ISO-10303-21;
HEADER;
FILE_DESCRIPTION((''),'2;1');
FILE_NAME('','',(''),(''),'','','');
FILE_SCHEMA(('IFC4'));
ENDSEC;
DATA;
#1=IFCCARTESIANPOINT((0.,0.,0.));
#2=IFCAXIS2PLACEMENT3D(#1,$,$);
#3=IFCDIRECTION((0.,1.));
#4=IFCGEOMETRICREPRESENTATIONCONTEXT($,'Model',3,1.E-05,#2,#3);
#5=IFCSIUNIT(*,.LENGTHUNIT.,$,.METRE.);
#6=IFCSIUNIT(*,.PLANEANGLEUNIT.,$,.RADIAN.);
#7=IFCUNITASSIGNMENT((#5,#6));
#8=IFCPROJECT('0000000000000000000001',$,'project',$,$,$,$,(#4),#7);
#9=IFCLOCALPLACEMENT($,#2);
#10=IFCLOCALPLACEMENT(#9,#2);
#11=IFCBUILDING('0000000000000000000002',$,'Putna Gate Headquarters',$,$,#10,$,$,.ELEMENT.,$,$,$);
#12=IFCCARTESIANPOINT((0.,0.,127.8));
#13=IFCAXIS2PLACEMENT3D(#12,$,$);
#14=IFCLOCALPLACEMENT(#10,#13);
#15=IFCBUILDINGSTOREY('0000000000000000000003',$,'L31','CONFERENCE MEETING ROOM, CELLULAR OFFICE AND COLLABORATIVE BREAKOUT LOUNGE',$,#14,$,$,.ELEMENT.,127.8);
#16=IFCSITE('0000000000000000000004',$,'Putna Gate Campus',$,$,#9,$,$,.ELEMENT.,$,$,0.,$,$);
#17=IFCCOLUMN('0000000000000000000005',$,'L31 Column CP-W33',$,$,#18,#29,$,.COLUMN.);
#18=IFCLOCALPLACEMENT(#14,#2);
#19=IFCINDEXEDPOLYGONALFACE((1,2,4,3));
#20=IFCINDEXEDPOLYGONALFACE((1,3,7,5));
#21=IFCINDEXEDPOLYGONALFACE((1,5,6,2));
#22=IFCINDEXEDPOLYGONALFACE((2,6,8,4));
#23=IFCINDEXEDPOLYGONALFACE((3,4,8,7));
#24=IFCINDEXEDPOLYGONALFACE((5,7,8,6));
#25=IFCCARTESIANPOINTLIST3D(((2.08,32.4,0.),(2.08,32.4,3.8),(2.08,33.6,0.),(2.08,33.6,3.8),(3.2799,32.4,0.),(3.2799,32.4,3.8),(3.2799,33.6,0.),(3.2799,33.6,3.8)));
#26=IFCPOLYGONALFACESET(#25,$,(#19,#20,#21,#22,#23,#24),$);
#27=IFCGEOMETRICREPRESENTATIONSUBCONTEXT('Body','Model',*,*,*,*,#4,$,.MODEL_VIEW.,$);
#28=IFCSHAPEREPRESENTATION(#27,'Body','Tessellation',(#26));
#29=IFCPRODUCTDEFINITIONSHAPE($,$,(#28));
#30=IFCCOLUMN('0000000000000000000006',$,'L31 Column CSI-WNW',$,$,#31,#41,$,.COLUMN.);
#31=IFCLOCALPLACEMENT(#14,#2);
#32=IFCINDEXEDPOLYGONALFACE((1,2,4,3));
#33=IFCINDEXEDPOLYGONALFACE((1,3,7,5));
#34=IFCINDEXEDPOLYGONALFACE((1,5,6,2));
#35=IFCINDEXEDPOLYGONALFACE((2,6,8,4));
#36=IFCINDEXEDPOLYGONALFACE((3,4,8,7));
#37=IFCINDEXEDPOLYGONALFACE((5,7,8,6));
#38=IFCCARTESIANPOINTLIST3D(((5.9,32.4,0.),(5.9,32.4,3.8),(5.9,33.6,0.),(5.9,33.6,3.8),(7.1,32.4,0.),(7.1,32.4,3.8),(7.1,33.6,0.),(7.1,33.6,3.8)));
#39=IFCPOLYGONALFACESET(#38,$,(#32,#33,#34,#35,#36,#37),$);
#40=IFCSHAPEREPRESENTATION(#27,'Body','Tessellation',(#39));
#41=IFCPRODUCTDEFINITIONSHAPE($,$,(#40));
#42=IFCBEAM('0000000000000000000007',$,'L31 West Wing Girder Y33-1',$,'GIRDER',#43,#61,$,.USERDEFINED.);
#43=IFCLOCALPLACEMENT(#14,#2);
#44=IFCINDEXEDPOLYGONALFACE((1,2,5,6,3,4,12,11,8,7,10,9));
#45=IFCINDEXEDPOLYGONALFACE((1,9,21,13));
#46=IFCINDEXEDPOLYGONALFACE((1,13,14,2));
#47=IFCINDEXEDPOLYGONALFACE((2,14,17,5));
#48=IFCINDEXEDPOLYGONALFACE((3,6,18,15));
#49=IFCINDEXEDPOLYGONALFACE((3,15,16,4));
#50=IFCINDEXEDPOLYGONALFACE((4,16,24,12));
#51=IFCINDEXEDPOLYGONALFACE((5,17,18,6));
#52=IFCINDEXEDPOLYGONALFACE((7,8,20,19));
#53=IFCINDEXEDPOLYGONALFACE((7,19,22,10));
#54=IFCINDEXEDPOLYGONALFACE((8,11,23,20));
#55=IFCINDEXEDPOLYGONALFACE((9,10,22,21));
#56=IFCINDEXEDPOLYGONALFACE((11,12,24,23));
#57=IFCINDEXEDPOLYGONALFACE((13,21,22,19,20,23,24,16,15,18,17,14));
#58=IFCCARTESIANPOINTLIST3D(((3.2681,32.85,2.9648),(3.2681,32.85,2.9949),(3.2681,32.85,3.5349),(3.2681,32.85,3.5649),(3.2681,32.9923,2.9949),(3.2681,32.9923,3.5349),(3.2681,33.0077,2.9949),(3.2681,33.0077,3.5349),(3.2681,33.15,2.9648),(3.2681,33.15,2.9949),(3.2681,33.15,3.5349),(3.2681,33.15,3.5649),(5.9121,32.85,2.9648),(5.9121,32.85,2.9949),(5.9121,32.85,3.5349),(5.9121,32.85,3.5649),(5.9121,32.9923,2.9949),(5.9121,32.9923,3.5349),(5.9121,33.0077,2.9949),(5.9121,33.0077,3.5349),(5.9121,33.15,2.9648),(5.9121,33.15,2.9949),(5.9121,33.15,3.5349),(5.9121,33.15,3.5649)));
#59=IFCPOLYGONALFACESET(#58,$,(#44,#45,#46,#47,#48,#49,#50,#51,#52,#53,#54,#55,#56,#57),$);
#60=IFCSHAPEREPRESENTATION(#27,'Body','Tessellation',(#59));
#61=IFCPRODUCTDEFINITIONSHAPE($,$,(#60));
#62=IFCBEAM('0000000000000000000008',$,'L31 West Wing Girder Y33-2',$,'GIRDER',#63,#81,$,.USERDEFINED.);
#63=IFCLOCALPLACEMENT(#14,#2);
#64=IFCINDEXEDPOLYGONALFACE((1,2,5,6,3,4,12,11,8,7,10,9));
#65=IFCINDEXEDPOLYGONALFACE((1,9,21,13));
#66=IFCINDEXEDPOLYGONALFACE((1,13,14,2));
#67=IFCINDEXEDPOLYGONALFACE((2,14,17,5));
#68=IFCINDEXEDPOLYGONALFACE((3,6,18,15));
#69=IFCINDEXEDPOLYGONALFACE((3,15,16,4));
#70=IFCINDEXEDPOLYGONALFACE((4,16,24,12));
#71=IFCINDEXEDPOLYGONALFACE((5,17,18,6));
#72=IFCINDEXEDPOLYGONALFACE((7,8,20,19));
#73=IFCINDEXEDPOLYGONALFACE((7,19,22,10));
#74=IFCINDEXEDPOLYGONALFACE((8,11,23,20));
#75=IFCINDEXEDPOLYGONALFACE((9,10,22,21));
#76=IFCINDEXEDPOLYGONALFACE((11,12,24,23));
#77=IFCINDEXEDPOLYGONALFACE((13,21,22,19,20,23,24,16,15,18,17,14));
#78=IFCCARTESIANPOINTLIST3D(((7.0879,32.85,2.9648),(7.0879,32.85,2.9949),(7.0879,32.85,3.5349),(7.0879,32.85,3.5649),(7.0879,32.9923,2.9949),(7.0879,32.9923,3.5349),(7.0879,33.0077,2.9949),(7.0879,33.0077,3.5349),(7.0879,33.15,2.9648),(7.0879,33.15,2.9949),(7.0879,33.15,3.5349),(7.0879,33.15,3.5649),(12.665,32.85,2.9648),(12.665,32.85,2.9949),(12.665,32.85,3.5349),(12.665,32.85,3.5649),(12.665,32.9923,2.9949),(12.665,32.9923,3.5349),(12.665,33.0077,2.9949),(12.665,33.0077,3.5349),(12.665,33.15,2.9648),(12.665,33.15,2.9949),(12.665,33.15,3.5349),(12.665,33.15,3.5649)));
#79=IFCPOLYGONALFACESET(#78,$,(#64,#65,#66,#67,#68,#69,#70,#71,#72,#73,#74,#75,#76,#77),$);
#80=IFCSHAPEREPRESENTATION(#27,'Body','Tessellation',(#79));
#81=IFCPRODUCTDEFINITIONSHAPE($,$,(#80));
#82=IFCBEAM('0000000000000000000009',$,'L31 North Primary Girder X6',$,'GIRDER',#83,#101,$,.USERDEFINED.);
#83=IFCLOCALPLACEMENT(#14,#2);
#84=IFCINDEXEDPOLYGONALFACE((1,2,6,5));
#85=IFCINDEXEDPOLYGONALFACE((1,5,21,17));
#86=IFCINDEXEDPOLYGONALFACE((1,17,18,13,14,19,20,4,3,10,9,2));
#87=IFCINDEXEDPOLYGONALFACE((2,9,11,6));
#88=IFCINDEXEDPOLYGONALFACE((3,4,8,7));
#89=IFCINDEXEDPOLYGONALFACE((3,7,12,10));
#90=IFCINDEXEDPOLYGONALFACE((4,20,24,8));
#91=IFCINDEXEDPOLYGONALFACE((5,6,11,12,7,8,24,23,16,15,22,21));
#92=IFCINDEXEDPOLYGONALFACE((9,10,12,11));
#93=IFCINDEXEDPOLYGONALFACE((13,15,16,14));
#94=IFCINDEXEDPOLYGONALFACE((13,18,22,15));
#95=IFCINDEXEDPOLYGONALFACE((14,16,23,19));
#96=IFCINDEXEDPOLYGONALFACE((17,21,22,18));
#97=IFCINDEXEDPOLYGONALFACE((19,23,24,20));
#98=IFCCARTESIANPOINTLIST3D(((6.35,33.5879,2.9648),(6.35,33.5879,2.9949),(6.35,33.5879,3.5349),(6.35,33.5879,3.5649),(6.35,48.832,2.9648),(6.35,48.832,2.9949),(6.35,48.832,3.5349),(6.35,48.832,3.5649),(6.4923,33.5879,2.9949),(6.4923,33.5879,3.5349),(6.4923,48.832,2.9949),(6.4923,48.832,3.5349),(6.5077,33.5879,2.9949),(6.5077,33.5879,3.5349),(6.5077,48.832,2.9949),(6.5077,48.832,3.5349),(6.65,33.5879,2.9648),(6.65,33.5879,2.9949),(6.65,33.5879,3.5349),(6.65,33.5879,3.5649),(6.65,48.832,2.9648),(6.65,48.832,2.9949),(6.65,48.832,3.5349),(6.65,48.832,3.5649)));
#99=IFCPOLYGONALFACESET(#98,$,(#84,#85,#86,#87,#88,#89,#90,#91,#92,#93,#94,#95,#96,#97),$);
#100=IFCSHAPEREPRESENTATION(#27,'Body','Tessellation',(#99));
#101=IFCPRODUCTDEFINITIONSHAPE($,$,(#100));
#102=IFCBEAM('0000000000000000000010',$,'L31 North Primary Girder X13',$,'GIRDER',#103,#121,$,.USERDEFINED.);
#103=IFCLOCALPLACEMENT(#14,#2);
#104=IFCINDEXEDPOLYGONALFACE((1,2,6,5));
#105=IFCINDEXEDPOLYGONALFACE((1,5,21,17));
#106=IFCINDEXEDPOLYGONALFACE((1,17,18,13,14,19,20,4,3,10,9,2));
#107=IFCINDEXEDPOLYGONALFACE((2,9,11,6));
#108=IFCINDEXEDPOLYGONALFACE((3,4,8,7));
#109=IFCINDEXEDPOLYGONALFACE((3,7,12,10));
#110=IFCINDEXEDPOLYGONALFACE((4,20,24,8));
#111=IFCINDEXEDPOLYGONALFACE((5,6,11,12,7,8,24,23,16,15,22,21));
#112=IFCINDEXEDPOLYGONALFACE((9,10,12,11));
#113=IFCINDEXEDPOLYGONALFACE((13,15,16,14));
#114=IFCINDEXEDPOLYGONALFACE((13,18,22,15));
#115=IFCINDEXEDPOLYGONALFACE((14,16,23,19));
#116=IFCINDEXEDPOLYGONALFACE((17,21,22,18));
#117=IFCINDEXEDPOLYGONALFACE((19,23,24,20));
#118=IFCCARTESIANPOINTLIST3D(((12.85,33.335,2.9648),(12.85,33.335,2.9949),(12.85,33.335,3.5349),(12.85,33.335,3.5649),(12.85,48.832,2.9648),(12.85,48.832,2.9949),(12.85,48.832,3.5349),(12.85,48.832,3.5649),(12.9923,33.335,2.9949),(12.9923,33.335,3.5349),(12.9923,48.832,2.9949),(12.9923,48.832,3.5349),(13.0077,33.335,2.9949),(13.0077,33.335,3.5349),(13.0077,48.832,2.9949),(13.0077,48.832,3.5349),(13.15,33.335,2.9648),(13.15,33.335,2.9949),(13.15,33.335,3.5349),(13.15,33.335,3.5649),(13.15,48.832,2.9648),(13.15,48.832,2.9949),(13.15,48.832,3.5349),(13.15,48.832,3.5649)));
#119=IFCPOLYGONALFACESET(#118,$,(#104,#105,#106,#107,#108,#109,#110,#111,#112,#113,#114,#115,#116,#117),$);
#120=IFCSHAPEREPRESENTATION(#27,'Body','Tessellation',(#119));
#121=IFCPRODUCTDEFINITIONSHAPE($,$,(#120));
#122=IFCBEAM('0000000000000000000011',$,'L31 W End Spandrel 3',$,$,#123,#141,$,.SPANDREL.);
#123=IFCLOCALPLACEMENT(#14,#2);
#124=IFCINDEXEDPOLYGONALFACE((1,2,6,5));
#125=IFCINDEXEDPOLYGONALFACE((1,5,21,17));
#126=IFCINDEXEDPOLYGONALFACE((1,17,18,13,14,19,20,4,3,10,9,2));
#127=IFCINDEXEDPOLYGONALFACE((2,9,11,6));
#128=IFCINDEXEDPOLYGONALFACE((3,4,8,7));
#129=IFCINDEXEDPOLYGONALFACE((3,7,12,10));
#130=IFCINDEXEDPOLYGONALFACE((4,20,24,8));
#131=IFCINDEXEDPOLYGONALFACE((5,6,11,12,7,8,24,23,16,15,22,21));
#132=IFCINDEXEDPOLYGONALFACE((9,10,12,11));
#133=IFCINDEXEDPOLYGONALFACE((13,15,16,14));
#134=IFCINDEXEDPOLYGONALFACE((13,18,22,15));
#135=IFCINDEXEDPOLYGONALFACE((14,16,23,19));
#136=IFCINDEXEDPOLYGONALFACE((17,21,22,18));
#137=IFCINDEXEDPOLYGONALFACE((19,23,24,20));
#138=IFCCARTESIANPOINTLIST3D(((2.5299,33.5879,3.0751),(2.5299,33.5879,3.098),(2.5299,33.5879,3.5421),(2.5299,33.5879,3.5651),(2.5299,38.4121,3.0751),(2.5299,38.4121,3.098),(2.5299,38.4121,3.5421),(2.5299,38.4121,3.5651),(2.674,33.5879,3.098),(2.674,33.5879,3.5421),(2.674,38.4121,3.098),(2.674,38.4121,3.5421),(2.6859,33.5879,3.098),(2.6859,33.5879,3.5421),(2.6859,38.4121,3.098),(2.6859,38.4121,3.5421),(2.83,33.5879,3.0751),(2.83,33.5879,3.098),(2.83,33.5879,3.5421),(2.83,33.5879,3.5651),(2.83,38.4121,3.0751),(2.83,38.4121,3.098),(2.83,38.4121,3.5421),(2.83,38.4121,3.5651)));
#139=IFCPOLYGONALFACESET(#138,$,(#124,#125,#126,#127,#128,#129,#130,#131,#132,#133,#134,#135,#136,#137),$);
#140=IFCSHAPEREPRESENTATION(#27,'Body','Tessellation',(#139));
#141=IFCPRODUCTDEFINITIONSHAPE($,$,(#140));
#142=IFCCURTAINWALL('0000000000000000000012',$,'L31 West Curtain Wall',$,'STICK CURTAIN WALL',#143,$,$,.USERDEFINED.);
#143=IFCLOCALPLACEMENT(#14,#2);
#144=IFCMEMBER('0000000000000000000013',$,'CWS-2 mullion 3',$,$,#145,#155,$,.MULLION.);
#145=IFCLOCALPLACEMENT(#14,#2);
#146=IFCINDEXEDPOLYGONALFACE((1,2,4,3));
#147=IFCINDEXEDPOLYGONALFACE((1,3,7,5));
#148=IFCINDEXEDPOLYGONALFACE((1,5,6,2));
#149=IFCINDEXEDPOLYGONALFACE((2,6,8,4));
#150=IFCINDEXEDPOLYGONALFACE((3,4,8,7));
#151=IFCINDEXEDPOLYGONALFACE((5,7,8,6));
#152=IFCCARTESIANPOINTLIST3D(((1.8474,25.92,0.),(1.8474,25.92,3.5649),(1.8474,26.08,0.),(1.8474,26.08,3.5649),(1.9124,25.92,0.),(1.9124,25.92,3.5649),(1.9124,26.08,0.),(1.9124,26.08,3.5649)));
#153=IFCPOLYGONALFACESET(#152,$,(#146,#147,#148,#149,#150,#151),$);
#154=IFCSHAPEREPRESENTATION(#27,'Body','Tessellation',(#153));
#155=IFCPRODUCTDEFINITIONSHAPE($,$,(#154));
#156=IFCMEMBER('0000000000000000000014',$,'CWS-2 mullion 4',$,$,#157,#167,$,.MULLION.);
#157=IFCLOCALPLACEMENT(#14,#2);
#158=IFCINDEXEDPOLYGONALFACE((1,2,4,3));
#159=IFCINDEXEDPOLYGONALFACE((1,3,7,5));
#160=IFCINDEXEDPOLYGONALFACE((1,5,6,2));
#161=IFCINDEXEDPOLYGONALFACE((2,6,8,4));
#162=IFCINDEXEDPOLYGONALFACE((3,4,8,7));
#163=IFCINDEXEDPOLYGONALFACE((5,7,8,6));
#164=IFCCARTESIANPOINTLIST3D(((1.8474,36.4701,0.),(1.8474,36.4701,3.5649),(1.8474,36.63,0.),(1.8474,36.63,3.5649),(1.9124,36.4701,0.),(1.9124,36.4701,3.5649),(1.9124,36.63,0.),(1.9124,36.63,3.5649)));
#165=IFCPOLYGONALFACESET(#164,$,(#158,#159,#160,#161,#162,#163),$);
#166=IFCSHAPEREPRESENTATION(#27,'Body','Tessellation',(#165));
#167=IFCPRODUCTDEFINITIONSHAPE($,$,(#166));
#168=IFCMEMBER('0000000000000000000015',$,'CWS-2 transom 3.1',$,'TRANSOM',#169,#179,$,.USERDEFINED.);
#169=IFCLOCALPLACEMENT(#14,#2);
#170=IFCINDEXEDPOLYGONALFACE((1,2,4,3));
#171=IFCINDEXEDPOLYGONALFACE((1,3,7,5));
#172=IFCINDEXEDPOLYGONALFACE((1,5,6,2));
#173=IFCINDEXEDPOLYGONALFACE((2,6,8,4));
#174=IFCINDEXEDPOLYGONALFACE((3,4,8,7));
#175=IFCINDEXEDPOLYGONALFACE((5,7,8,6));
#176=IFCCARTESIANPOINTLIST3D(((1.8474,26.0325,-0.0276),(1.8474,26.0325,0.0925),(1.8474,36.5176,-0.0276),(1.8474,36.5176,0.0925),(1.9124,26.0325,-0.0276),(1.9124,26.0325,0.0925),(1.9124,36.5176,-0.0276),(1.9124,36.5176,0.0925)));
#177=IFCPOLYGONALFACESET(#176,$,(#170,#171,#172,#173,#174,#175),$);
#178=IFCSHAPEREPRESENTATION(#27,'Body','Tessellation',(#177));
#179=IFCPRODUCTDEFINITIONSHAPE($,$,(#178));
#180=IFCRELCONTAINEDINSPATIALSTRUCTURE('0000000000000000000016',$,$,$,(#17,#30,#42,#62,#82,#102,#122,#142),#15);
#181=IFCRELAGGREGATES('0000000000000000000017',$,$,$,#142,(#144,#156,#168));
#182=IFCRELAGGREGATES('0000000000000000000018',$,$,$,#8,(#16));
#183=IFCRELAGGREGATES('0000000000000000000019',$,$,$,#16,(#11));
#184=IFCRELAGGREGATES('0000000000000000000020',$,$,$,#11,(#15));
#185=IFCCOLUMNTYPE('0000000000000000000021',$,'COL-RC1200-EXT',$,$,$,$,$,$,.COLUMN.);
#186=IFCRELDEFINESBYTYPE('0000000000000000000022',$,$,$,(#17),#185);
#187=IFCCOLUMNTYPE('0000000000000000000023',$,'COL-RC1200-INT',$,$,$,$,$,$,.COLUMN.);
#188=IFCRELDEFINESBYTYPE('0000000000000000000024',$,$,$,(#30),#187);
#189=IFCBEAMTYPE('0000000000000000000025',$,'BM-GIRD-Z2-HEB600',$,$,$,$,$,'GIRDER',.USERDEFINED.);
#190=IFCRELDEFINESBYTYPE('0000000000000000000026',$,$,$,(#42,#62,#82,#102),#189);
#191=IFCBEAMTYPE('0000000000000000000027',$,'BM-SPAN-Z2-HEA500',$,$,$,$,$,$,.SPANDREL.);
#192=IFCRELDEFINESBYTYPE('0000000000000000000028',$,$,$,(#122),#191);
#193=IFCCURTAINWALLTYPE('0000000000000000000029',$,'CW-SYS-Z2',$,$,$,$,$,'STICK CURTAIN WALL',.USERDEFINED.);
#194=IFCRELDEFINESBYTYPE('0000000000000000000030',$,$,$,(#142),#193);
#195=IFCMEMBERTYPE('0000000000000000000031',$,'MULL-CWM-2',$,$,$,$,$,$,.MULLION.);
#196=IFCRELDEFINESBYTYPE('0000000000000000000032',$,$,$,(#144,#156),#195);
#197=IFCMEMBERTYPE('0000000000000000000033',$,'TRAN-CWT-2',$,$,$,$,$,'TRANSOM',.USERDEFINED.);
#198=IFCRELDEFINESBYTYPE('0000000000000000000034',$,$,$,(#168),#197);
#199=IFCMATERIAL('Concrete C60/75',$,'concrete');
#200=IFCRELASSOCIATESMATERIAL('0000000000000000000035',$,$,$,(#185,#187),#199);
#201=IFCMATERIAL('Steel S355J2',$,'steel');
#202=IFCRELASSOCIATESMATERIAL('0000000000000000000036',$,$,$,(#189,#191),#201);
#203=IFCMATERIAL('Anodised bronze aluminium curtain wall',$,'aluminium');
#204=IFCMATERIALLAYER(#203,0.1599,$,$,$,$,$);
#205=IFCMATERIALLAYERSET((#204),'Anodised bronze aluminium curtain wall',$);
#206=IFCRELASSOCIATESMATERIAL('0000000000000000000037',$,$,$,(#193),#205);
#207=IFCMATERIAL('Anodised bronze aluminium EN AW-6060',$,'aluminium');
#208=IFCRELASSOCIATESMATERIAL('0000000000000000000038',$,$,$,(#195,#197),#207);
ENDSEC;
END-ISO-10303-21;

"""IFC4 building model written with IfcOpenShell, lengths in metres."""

from ifc_helpers import new_model, si_unit, direction, frame, origin, origin_2d, place, context, subcontext, project, spatial, rectangle, i_section, extrude, material, layer, layer_set, material_profile, profile_set, type_object, element, aggregate, save


model = new_model("IFC4")

# Units and contexts
model_context = context("Model", 3, precision=1e-05, world=origin(), true_north=direction((0.0, 1.0)))
body_context = subcontext(model_context, "Body", "Model", "MODEL_VIEW")
ifc_project = project(units=[si_unit("LENGTHUNIT", "METRE"), si_unit("PLANEANGLEUNIT", "RADIAN")], contexts=[model_context])

# Site, building, storey
site_placement = place(None, origin())
site = spatial("IfcSite", under=ifc_project, at=site_placement, Name="Putna Gate Campus", CompositionType="ELEMENT", RefElevation=0.0)
building_placement = place(site_placement, origin())
building = spatial("IfcBuilding", under=site, at=building_placement, Name="Putna Gate Headquarters", CompositionType="ELEMENT")
storey_placement = place(building_placement, frame((0.0, 0.0, 127.8)))
storey = spatial("IfcBuildingStorey", under=building, at=storey_placement, Name="L31", Description="CONFERENCE MEETING ROOM, CELLULAR OFFICE AND COLLABORATIVE BREAKOUT LOUNGE", CompositionType="ELEMENT", Elevation=127.8)

# Columns
ifc_material_1 = material(Name="Concrete C60/75", Category="concrete")
ifc_material_profile_1 = material_profile(ifc_material_1, rectangle(XDim=1.2, YDim=1.2, at=origin_2d()), Name="Concrete C60/75")
ifc_profile_set_1 = profile_set([ifc_material_profile_1], Name="Concrete C60/75")
column_type_1 = type_object("IfcColumnType", Name="COL-RC1200-EXT", PredefinedType="COLUMN", material=ifc_profile_set_1)
column_1_placement = place(storey_placement, frame((2.6799, 33.0, 0.0), z_axis=(0.0, 0.0, 1.0), x_axis=(1.0, 0.0, 0.0)))
element("IfcColumn", 1, at=column_1_placement, inside=storey, type_object=column_type_1, Name="L31 Column CP-W33", PredefinedType="COLUMN", context=body_context, shape_type="SweptSolid", body=[
    extrude(rectangle(XDim=1.2, YDim=1.2, at=origin_2d()), origin(), (0.0, 0.0, 1.0), 3.8),
])
ifc_material_profile_2 = material_profile(ifc_material_1, rectangle(XDim=1.2, YDim=1.2, at=origin_2d()), Name="Concrete C60/75")
ifc_profile_set_2 = profile_set([ifc_material_profile_2], Name="Concrete C60/75")
column_type_2 = type_object("IfcColumnType", Name="COL-RC1200-INT", PredefinedType="COLUMN", material=ifc_profile_set_2)
column_2_placement = place(storey_placement, frame((6.5, 33.0, 0.0), z_axis=(0.0, 0.0, 1.0), x_axis=(1.0, 0.0, 0.0)))
element("IfcColumn", 2, at=column_2_placement, inside=storey, type_object=column_type_2, Name="L31 Column CSI-WNW", PredefinedType="COLUMN", context=body_context, shape_type="SweptSolid", body=[
    extrude(rectangle(XDim=1.2, YDim=1.2, at=origin_2d()), origin(), (0.0, 0.0, 1.0), 3.8),
])

# Beams
ifc_material_2 = material(Name="Steel S355J2", Category="steel")
ifc_material_profile_3 = material_profile(ifc_material_2, i_section(OverallWidth=0.3, OverallDepth=0.6001, WebThickness=0.0154, FlangeThickness=0.03, at=origin_2d()), Name="Steel S355J2")
ifc_profile_set_3 = profile_set([ifc_material_profile_3], Name="Steel S355J2")
beam_type_1 = type_object("IfcBeamType", Name="BM-GIRD-Z2-HEB600", ElementType="GIRDER", PredefinedType="USERDEFINED", material=ifc_profile_set_3)
beam_1_placement = place(storey_placement, frame((3.2681, 33.0, 3.2649), z_axis=(1.0, 0.0, 0.0), x_axis=(0.0, 1.0, 0.0)))
element("IfcBeam", 3, at=beam_1_placement, inside=storey, type_object=beam_type_1, Name="L31 West Wing Girder Y33-1", ObjectType="GIRDER", PredefinedType="USERDEFINED", context=body_context, shape_type="SweptSolid", body=[
    extrude(i_section(OverallWidth=0.3, OverallDepth=0.6001, WebThickness=0.0154, FlangeThickness=0.03, at=origin_2d()), origin(), (0.0, 0.0, 1.0), 2.644),
])
beam_2_placement = place(storey_placement, frame((7.0879, 33.0, 3.2649), z_axis=(1.0, 0.0, 0.0), x_axis=(0.0, 1.0, 0.0)))
element("IfcBeam", 4, at=beam_2_placement, inside=storey, type_object=beam_type_1, Name="L31 West Wing Girder Y33-2", ObjectType="GIRDER", PredefinedType="USERDEFINED", context=body_context, shape_type="SweptSolid", body=[
    extrude(i_section(OverallWidth=0.3, OverallDepth=0.6001, WebThickness=0.0154, FlangeThickness=0.03, at=origin_2d()), origin(), (0.0, 0.0, 1.0), 5.5771),
])
beam_3_placement = place(storey_placement, frame((6.5, 33.5879, 3.2649), z_axis=(0.0, 1.0, 0.0), x_axis=(-1.0, 0.0, 0.0)))
element("IfcBeam", 5, at=beam_3_placement, inside=storey, type_object=beam_type_1, Name="L31 North Primary Girder X6", ObjectType="GIRDER", PredefinedType="USERDEFINED", context=body_context, shape_type="SweptSolid", body=[
    extrude(i_section(OverallWidth=0.3, OverallDepth=0.6001, WebThickness=0.0154, FlangeThickness=0.03, at=origin_2d()), origin(), (0.0, 0.0, 1.0), 15.2441),
])
beam_4_placement = place(storey_placement, frame((13.0, 33.335, 3.2649), z_axis=(0.0, 1.0, 0.0), x_axis=(-1.0, 0.0, 0.0)))
element("IfcBeam", 6, at=beam_4_placement, inside=storey, type_object=beam_type_1, Name="L31 North Primary Girder X13", ObjectType="GIRDER", PredefinedType="USERDEFINED", context=body_context, shape_type="SweptSolid", body=[
    extrude(i_section(OverallWidth=0.3, OverallDepth=0.6001, WebThickness=0.0154, FlangeThickness=0.03, at=origin_2d()), origin(), (0.0, 0.0, 1.0), 15.4971),
])
ifc_material_profile_4 = material_profile(ifc_material_2, i_section(OverallWidth=0.3, OverallDepth=0.49, WebThickness=0.012, FlangeThickness=0.0229, at=origin_2d()), Name="Steel S355J2")
ifc_profile_set_4 = profile_set([ifc_material_profile_4], Name="Steel S355J2")
beam_type_2 = type_object("IfcBeamType", Name="BM-SPAN-Z2-HEA500", PredefinedType="SPANDREL", material=ifc_profile_set_4)
beam_5_placement = place(storey_placement, frame((2.6799, 33.5879, 3.3201), z_axis=(0.0, 1.0, 0.0), x_axis=(-1.0, 0.0, 0.0)))
element("IfcBeam", 7, at=beam_5_placement, inside=storey, type_object=beam_type_2, Name="L31 W End Spandrel 3", PredefinedType="SPANDREL", context=body_context, shape_type="SweptSolid", body=[
    extrude(i_section(OverallWidth=0.3, OverallDepth=0.49, WebThickness=0.012, FlangeThickness=0.0229, at=origin_2d()), origin(), (0.0, 0.0, 1.0), 4.8242),
])

# Curtain wall, members
ifc_material_3 = material(Name="Anodised bronze aluminium curtain wall", Category="aluminium")
ifc_layer_1 = layer(ifc_material_3, 0.1599)
ifc_layer_set_1 = layer_set([ifc_layer_1], Name="Anodised bronze aluminium curtain wall")
curtain_wall_type = type_object("IfcCurtainWallType", Name="CW-SYS-Z2", ElementType="STICK CURTAIN WALL", PredefinedType="USERDEFINED", material=ifc_layer_set_1)
curtain_wall_placement = place(storey_placement, origin())
curtain_wall = element("IfcCurtainWall", 8, at=curtain_wall_placement, inside=storey, type_object=curtain_wall_type, Name="L31 West Curtain Wall", ObjectType="STICK CURTAIN WALL", PredefinedType="USERDEFINED")
ifc_material_4 = material(Name="Anodised bronze aluminium EN AW-6060", Category="aluminium")
ifc_material_profile_5 = material_profile(ifc_material_4, rectangle(XDim=0.0649, YDim=0.1599, at=origin_2d()), Name="Anodised bronze aluminium EN AW-6060")
ifc_profile_set_5 = profile_set([ifc_material_profile_5], Name="Anodised bronze aluminium EN AW-6060")
member_type_1 = type_object("IfcMemberType", Name="MULL-CWM-2", PredefinedType="MULLION", material=ifc_profile_set_5)
member_1_placement = place(storey_placement, frame((1.8799, 26.0, 0.0), z_axis=(0.0, 0.0, 1.0), x_axis=(-1.0, 0.0, 0.0)))
member_1 = element("IfcMember", 9, at=member_1_placement, type_object=member_type_1, Name="CWS-2 mullion 3", PredefinedType="MULLION", context=body_context, shape_type="SweptSolid", body=[
    extrude(rectangle(XDim=0.0649, YDim=0.1599, at=origin_2d()), origin(), (0.0, 0.0, 1.0), 3.5649),
])
member_2_placement = place(storey_placement, frame((1.8799, 36.55, 0.0), z_axis=(0.0, 0.0, 1.0), x_axis=(-1.0, 0.0, 0.0)))
member_2 = element("IfcMember", 10, at=member_2_placement, type_object=member_type_1, Name="CWS-2 mullion 4", PredefinedType="MULLION", context=body_context, shape_type="SweptSolid", body=[
    extrude(rectangle(XDim=0.0649, YDim=0.1599, at=origin_2d()), origin(), (0.0, 0.0, 1.0), 3.5649),
])
ifc_material_profile_6 = material_profile(ifc_material_4, rectangle(XDim=0.0649, YDim=0.1201, at=origin_2d()), Name="Anodised bronze aluminium EN AW-6060")
ifc_profile_set_6 = profile_set([ifc_material_profile_6], Name="Anodised bronze aluminium EN AW-6060")
member_type_2 = type_object("IfcMemberType", Name="TRAN-CWT-2", ElementType="TRANSOM", PredefinedType="USERDEFINED", material=ifc_profile_set_6)
member_3_placement = place(storey_placement, frame((1.8799, 26.0325, 0.0325), z_axis=(0.0, 1.0, 0.0), x_axis=(-1.0, 0.0, 0.0)))
member_3 = element("IfcMember", 11, at=member_3_placement, type_object=member_type_2, Name="CWS-2 transom 3.1", ObjectType="TRANSOM", PredefinedType="USERDEFINED", context=body_context, shape_type="SweptSolid", body=[
    extrude(rectangle(XDim=0.0649, YDim=0.1201, at=origin_2d()), origin(), (0.0, 0.0, 1.0), 10.4851),
])
aggregate(curtain_wall, [member_1, member_2, member_3])

save(model, "model.ifc")
